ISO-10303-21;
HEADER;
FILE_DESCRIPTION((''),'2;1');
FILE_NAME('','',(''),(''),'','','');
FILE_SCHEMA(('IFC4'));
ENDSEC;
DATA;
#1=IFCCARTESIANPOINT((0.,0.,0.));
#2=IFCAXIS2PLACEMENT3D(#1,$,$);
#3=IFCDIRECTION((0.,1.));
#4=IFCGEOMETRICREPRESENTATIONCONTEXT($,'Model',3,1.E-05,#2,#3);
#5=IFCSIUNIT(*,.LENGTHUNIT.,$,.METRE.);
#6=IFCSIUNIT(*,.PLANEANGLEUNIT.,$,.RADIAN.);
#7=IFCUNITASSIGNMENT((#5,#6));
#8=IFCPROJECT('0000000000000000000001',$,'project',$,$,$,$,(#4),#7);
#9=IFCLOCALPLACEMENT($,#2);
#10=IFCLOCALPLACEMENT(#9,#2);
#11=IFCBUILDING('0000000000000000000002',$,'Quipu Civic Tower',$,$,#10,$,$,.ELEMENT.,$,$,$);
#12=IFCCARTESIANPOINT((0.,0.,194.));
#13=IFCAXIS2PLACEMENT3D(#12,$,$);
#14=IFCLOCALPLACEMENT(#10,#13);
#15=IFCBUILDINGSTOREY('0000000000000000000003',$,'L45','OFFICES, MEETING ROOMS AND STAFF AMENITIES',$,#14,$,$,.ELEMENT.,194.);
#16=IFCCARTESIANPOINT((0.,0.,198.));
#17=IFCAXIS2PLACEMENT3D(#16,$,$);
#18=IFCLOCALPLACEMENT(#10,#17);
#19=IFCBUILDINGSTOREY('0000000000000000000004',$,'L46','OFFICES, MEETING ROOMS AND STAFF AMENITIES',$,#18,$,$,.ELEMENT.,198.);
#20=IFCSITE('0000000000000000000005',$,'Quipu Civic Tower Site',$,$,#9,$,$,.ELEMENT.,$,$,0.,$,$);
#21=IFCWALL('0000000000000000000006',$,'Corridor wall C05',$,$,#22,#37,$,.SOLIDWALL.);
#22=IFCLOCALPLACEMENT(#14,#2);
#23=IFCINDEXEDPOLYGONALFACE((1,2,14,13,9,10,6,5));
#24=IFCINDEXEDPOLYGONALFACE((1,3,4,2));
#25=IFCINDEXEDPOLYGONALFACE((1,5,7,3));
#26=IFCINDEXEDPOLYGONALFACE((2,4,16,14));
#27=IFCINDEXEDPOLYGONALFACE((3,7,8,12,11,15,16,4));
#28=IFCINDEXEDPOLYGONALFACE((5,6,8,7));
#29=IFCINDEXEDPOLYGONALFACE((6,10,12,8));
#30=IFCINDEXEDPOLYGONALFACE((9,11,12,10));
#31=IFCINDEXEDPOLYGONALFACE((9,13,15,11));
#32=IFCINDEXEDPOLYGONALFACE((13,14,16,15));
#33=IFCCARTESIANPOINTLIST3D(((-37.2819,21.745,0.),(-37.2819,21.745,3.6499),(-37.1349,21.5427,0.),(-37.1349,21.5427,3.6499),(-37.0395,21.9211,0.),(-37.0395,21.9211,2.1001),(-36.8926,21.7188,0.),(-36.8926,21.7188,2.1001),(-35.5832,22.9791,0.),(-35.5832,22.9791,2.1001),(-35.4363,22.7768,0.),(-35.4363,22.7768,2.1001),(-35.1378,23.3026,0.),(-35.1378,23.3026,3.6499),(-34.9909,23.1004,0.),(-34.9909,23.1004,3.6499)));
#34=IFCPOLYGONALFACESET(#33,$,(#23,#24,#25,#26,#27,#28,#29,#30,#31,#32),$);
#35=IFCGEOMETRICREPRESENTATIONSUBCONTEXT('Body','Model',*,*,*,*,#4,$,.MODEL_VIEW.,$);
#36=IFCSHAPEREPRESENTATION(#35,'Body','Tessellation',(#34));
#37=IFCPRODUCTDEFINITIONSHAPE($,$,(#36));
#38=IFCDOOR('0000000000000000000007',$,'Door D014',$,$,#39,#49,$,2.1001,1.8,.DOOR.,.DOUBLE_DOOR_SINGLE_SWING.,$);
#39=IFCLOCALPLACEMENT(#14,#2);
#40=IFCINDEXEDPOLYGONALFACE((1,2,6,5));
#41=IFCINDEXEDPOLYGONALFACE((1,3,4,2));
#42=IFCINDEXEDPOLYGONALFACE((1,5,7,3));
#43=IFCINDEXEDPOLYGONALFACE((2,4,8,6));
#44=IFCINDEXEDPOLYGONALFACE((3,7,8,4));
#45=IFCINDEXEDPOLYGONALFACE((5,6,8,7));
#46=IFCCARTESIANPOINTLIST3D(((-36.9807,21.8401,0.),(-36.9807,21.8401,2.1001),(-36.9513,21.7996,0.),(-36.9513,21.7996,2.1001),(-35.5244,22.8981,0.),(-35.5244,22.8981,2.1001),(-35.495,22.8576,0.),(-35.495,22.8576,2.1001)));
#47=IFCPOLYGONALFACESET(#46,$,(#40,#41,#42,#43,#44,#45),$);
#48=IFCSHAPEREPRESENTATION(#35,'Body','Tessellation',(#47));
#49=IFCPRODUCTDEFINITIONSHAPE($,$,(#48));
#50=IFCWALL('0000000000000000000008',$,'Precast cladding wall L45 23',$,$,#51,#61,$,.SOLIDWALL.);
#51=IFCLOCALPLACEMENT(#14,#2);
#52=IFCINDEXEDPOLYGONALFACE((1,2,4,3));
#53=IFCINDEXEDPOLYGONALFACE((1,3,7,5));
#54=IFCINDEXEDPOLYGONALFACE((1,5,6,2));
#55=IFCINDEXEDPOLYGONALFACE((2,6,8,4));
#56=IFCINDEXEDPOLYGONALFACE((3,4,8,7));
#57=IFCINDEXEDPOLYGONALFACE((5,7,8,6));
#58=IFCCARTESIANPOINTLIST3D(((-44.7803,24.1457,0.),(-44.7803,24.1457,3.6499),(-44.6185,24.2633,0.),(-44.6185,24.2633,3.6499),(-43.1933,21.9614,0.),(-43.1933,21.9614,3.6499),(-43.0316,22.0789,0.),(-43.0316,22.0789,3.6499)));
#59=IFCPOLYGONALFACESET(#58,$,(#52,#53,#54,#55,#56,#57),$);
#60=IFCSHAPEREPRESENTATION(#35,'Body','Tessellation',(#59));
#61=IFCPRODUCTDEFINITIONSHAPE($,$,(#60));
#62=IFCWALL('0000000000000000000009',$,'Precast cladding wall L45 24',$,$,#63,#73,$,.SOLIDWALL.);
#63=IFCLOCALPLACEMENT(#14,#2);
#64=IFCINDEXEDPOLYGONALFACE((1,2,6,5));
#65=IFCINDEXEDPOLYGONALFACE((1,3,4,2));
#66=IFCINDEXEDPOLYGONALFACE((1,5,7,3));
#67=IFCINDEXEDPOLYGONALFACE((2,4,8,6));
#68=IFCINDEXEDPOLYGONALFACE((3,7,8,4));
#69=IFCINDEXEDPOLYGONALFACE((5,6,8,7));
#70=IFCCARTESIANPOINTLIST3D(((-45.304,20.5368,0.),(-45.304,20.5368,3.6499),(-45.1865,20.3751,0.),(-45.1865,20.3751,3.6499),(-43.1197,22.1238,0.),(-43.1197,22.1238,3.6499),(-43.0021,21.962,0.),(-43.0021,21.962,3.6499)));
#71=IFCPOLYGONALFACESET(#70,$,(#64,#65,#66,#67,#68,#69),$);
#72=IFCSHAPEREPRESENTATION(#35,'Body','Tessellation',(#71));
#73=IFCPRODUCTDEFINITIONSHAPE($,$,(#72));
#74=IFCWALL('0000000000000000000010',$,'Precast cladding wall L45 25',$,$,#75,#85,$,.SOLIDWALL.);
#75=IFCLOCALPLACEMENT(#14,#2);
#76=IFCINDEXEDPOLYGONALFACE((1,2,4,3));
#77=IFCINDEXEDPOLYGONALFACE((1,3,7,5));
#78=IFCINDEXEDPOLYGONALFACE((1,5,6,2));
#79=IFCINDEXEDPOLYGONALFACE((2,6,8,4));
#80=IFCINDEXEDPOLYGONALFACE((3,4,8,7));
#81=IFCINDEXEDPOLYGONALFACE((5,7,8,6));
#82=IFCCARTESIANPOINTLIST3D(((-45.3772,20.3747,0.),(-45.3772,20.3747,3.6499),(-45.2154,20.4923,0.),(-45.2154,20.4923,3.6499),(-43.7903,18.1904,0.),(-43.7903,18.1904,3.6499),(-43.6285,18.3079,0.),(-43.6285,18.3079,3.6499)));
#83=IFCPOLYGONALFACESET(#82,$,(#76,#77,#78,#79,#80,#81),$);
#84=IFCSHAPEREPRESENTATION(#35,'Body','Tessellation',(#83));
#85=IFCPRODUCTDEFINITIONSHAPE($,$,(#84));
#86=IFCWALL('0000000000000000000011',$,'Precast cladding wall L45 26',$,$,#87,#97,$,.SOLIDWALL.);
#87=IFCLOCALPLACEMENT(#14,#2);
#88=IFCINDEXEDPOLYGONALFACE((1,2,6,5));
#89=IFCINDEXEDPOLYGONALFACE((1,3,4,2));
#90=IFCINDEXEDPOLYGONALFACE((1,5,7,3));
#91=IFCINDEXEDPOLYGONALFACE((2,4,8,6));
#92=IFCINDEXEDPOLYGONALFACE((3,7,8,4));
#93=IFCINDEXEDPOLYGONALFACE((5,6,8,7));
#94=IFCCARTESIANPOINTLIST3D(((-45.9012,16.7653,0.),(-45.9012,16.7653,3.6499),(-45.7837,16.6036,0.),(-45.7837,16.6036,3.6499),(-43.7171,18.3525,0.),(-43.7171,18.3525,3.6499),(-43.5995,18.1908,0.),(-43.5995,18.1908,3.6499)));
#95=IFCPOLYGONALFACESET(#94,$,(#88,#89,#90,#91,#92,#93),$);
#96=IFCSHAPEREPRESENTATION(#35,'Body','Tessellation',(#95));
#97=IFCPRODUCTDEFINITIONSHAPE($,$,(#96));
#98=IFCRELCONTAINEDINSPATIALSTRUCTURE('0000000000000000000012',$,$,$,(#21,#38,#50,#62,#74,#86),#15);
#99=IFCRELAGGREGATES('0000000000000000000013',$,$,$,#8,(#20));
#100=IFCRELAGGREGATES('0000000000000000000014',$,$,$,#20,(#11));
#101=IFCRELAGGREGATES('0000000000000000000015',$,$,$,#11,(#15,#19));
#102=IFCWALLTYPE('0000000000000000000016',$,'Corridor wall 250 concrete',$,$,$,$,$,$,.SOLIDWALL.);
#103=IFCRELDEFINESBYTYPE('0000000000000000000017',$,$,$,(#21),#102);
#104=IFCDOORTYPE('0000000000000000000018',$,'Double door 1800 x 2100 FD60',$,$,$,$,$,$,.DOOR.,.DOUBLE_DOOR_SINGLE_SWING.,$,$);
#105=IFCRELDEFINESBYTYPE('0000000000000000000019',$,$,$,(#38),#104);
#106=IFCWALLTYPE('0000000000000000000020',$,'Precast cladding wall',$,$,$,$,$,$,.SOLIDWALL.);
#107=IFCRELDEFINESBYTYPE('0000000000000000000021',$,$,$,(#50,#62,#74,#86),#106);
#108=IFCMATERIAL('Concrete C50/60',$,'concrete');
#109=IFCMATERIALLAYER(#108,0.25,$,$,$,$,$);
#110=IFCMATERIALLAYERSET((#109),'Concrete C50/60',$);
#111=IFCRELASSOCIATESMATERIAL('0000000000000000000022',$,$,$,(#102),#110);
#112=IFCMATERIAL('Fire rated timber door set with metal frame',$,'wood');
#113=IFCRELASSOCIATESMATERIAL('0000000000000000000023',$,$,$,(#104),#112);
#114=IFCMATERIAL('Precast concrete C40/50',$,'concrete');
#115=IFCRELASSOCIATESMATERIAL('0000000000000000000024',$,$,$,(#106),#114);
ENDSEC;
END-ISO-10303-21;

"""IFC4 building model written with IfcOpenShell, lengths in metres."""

from ifc_helpers import new_model, si_unit, direction, frame, frame_2d, origin, place, context, subcontext, project, spatial, rectangle, extrude, material, layer, layer_set, type_object, element, fill, save


model = new_model("IFC4")

# Units and contexts
model_context = context("Model", 3, precision=1e-05, world=origin(), true_north=direction((0.0, 1.0)))
body_context = subcontext(model_context, "Body", "Model", "MODEL_VIEW")
ifc_project = project(units=[si_unit("LENGTHUNIT", "METRE"), si_unit("PLANEANGLEUNIT", "RADIAN")], contexts=[model_context])

# Site, building, storey
site_placement = place(None, origin())
site = spatial("IfcSite", under=ifc_project, at=site_placement, Name="Quipu Civic Tower Site", CompositionType="ELEMENT", RefElevation=0.0)
building_placement = place(site_placement, origin())
building = spatial("IfcBuilding", under=site, at=building_placement, Name="Quipu Civic Tower", CompositionType="ELEMENT")
storey_1_placement = place(building_placement, frame((0.0, 0.0, 194.0)))
storey_1 = spatial("IfcBuildingStorey", under=building, at=storey_1_placement, Name="L45", Description="OFFICES, MEETING ROOMS AND STAFF AMENITIES", CompositionType="ELEMENT", Elevation=194.0)

# Shared definitions
storey_2_placement = place(building_placement, frame((0.0, 0.0, 198.0)))
storey_2 = spatial("IfcBuildingStorey", under=building, at=storey_2_placement, Name="L46", Description="OFFICES, MEETING ROOMS AND STAFF AMENITIES", CompositionType="ELEMENT", Elevation=198.0)

# Wall, opening, door
ifc_material_1 = material(Name="Concrete C50/60", Category="concrete")
ifc_layer_1 = layer(ifc_material_1, 0.25)
ifc_layer_set_1 = layer_set([ifc_layer_1], Name="Concrete C50/60")
wall_type_1 = type_object("IfcWallType", Name="Corridor wall 250 concrete", PredefinedType="SOLIDWALL", material=ifc_layer_set_1)
wall_1_placement = place(storey_1_placement, frame((-37.2085, 21.6438, 0.0), z_axis=(0.0, 0.0, 1.0), x_axis=(0.809039, 0.587755, 0.0)))
wall_1 = element("IfcWall", 1, at=wall_1_placement, inside=storey_1, type_object=wall_type_1, Name="Corridor wall C05", PredefinedType="SOLIDWALL", context=body_context, shape_type="SweptSolid", body=[
    extrude(rectangle(XDim=2.6501, YDim=0.25, at=frame_2d((1.3252, 0.0))), origin(), (0.0, 0.0, 1.0), 3.6499),
])
opening_placement = place(wall_1_placement, frame((0.2998, 0.0, 0.0)))
opening = element("IfcOpeningElement", 2, at=opening_placement, cuts=wall_1, PredefinedType="OPENING", context=body_context, shape_type="SweptSolid", body=[
    extrude(rectangle(XDim=1.8, YDim=2.1001, at=frame_2d((0.8999, 1.05))), frame((0.0, 0.135, 0.0), z_axis=(0.0, -1.0, 0.0), x_axis=(1.0, 0.0, 0.0)), (0.0, 0.0, 1.0), 0.27),
])
ifc_material_2 = material(Name="Fire rated timber door set with metal frame", Category="wood")
door_type = type_object("IfcDoorType", Name="Double door 1800 x 2100 FD60", OperationType="DOUBLE_DOOR_SINGLE_SWING", PredefinedType="DOOR", material=ifc_material_2)
door_placement = place(opening_placement, origin())
door = element("IfcDoor", 3, at=door_placement, inside=storey_1, type_object=door_type, Name="Door D014", OperationType="DOUBLE_DOOR_SINGLE_SWING", OverallHeight=2.1001, OverallWidth=1.8, PredefinedType="DOOR", context=body_context, shape_type="SweptSolid", body=[
    extrude(rectangle(XDim=1.8, YDim=2.1001, at=frame_2d((0.8999, 1.05))), frame((0.0, 0.0249, 0.0), z_axis=(0.0, -1.0, 0.0), x_axis=(1.0, 0.0, 0.0)), (0.0, 0.0, 1.0), 0.05),
])
fill(opening, door)

# Walls
ifc_material_3 = material(Name="Precast concrete C40/50", Category="concrete")
wall_type_2 = type_object("IfcWallType", Name="Precast cladding wall", PredefinedType="SOLIDWALL", material=ifc_material_3)
for number, where, z_axis, x_axis, name in (
    (4, (-44.6995, 24.2046, 0.0), (0.0, 0.0, 1.0), (0.587763, -0.809033, 0.0), "Precast cladding wall L45 23"),
    (5, (-43.0608, 22.043, 0.0), (0.0, 0.0, 1.0), (-0.809033, -0.587763, 0.0), "Precast cladding wall L45 24"),
    (6, (-45.2964, 20.4336, 0.0), (0.0, 0.0, 1.0), (0.587763, -0.809033, 0.0), "Precast cladding wall L45 25"),
    (7, (-43.6582, 18.2717, 0.0), (0.0, 0.0, 1.0), (-0.808959, -0.587865, 0.0), "Precast cladding wall L45 26"),
):
    element("IfcWall", number, at=place(storey_1_placement, frame(where, z_axis=z_axis, x_axis=x_axis)), inside=storey_1, type_object=wall_type_2, Name=name, PredefinedType="SOLIDWALL", context=body_context, shape_type="SweptSolid", body=[
        extrude(rectangle(XDim=2.7, YDim=0.2, at=frame_2d((1.3501, 0.0))), origin(), (0.0, 0.0, 1.0), 3.6499),
    ])

save(model, "model.ifc")
